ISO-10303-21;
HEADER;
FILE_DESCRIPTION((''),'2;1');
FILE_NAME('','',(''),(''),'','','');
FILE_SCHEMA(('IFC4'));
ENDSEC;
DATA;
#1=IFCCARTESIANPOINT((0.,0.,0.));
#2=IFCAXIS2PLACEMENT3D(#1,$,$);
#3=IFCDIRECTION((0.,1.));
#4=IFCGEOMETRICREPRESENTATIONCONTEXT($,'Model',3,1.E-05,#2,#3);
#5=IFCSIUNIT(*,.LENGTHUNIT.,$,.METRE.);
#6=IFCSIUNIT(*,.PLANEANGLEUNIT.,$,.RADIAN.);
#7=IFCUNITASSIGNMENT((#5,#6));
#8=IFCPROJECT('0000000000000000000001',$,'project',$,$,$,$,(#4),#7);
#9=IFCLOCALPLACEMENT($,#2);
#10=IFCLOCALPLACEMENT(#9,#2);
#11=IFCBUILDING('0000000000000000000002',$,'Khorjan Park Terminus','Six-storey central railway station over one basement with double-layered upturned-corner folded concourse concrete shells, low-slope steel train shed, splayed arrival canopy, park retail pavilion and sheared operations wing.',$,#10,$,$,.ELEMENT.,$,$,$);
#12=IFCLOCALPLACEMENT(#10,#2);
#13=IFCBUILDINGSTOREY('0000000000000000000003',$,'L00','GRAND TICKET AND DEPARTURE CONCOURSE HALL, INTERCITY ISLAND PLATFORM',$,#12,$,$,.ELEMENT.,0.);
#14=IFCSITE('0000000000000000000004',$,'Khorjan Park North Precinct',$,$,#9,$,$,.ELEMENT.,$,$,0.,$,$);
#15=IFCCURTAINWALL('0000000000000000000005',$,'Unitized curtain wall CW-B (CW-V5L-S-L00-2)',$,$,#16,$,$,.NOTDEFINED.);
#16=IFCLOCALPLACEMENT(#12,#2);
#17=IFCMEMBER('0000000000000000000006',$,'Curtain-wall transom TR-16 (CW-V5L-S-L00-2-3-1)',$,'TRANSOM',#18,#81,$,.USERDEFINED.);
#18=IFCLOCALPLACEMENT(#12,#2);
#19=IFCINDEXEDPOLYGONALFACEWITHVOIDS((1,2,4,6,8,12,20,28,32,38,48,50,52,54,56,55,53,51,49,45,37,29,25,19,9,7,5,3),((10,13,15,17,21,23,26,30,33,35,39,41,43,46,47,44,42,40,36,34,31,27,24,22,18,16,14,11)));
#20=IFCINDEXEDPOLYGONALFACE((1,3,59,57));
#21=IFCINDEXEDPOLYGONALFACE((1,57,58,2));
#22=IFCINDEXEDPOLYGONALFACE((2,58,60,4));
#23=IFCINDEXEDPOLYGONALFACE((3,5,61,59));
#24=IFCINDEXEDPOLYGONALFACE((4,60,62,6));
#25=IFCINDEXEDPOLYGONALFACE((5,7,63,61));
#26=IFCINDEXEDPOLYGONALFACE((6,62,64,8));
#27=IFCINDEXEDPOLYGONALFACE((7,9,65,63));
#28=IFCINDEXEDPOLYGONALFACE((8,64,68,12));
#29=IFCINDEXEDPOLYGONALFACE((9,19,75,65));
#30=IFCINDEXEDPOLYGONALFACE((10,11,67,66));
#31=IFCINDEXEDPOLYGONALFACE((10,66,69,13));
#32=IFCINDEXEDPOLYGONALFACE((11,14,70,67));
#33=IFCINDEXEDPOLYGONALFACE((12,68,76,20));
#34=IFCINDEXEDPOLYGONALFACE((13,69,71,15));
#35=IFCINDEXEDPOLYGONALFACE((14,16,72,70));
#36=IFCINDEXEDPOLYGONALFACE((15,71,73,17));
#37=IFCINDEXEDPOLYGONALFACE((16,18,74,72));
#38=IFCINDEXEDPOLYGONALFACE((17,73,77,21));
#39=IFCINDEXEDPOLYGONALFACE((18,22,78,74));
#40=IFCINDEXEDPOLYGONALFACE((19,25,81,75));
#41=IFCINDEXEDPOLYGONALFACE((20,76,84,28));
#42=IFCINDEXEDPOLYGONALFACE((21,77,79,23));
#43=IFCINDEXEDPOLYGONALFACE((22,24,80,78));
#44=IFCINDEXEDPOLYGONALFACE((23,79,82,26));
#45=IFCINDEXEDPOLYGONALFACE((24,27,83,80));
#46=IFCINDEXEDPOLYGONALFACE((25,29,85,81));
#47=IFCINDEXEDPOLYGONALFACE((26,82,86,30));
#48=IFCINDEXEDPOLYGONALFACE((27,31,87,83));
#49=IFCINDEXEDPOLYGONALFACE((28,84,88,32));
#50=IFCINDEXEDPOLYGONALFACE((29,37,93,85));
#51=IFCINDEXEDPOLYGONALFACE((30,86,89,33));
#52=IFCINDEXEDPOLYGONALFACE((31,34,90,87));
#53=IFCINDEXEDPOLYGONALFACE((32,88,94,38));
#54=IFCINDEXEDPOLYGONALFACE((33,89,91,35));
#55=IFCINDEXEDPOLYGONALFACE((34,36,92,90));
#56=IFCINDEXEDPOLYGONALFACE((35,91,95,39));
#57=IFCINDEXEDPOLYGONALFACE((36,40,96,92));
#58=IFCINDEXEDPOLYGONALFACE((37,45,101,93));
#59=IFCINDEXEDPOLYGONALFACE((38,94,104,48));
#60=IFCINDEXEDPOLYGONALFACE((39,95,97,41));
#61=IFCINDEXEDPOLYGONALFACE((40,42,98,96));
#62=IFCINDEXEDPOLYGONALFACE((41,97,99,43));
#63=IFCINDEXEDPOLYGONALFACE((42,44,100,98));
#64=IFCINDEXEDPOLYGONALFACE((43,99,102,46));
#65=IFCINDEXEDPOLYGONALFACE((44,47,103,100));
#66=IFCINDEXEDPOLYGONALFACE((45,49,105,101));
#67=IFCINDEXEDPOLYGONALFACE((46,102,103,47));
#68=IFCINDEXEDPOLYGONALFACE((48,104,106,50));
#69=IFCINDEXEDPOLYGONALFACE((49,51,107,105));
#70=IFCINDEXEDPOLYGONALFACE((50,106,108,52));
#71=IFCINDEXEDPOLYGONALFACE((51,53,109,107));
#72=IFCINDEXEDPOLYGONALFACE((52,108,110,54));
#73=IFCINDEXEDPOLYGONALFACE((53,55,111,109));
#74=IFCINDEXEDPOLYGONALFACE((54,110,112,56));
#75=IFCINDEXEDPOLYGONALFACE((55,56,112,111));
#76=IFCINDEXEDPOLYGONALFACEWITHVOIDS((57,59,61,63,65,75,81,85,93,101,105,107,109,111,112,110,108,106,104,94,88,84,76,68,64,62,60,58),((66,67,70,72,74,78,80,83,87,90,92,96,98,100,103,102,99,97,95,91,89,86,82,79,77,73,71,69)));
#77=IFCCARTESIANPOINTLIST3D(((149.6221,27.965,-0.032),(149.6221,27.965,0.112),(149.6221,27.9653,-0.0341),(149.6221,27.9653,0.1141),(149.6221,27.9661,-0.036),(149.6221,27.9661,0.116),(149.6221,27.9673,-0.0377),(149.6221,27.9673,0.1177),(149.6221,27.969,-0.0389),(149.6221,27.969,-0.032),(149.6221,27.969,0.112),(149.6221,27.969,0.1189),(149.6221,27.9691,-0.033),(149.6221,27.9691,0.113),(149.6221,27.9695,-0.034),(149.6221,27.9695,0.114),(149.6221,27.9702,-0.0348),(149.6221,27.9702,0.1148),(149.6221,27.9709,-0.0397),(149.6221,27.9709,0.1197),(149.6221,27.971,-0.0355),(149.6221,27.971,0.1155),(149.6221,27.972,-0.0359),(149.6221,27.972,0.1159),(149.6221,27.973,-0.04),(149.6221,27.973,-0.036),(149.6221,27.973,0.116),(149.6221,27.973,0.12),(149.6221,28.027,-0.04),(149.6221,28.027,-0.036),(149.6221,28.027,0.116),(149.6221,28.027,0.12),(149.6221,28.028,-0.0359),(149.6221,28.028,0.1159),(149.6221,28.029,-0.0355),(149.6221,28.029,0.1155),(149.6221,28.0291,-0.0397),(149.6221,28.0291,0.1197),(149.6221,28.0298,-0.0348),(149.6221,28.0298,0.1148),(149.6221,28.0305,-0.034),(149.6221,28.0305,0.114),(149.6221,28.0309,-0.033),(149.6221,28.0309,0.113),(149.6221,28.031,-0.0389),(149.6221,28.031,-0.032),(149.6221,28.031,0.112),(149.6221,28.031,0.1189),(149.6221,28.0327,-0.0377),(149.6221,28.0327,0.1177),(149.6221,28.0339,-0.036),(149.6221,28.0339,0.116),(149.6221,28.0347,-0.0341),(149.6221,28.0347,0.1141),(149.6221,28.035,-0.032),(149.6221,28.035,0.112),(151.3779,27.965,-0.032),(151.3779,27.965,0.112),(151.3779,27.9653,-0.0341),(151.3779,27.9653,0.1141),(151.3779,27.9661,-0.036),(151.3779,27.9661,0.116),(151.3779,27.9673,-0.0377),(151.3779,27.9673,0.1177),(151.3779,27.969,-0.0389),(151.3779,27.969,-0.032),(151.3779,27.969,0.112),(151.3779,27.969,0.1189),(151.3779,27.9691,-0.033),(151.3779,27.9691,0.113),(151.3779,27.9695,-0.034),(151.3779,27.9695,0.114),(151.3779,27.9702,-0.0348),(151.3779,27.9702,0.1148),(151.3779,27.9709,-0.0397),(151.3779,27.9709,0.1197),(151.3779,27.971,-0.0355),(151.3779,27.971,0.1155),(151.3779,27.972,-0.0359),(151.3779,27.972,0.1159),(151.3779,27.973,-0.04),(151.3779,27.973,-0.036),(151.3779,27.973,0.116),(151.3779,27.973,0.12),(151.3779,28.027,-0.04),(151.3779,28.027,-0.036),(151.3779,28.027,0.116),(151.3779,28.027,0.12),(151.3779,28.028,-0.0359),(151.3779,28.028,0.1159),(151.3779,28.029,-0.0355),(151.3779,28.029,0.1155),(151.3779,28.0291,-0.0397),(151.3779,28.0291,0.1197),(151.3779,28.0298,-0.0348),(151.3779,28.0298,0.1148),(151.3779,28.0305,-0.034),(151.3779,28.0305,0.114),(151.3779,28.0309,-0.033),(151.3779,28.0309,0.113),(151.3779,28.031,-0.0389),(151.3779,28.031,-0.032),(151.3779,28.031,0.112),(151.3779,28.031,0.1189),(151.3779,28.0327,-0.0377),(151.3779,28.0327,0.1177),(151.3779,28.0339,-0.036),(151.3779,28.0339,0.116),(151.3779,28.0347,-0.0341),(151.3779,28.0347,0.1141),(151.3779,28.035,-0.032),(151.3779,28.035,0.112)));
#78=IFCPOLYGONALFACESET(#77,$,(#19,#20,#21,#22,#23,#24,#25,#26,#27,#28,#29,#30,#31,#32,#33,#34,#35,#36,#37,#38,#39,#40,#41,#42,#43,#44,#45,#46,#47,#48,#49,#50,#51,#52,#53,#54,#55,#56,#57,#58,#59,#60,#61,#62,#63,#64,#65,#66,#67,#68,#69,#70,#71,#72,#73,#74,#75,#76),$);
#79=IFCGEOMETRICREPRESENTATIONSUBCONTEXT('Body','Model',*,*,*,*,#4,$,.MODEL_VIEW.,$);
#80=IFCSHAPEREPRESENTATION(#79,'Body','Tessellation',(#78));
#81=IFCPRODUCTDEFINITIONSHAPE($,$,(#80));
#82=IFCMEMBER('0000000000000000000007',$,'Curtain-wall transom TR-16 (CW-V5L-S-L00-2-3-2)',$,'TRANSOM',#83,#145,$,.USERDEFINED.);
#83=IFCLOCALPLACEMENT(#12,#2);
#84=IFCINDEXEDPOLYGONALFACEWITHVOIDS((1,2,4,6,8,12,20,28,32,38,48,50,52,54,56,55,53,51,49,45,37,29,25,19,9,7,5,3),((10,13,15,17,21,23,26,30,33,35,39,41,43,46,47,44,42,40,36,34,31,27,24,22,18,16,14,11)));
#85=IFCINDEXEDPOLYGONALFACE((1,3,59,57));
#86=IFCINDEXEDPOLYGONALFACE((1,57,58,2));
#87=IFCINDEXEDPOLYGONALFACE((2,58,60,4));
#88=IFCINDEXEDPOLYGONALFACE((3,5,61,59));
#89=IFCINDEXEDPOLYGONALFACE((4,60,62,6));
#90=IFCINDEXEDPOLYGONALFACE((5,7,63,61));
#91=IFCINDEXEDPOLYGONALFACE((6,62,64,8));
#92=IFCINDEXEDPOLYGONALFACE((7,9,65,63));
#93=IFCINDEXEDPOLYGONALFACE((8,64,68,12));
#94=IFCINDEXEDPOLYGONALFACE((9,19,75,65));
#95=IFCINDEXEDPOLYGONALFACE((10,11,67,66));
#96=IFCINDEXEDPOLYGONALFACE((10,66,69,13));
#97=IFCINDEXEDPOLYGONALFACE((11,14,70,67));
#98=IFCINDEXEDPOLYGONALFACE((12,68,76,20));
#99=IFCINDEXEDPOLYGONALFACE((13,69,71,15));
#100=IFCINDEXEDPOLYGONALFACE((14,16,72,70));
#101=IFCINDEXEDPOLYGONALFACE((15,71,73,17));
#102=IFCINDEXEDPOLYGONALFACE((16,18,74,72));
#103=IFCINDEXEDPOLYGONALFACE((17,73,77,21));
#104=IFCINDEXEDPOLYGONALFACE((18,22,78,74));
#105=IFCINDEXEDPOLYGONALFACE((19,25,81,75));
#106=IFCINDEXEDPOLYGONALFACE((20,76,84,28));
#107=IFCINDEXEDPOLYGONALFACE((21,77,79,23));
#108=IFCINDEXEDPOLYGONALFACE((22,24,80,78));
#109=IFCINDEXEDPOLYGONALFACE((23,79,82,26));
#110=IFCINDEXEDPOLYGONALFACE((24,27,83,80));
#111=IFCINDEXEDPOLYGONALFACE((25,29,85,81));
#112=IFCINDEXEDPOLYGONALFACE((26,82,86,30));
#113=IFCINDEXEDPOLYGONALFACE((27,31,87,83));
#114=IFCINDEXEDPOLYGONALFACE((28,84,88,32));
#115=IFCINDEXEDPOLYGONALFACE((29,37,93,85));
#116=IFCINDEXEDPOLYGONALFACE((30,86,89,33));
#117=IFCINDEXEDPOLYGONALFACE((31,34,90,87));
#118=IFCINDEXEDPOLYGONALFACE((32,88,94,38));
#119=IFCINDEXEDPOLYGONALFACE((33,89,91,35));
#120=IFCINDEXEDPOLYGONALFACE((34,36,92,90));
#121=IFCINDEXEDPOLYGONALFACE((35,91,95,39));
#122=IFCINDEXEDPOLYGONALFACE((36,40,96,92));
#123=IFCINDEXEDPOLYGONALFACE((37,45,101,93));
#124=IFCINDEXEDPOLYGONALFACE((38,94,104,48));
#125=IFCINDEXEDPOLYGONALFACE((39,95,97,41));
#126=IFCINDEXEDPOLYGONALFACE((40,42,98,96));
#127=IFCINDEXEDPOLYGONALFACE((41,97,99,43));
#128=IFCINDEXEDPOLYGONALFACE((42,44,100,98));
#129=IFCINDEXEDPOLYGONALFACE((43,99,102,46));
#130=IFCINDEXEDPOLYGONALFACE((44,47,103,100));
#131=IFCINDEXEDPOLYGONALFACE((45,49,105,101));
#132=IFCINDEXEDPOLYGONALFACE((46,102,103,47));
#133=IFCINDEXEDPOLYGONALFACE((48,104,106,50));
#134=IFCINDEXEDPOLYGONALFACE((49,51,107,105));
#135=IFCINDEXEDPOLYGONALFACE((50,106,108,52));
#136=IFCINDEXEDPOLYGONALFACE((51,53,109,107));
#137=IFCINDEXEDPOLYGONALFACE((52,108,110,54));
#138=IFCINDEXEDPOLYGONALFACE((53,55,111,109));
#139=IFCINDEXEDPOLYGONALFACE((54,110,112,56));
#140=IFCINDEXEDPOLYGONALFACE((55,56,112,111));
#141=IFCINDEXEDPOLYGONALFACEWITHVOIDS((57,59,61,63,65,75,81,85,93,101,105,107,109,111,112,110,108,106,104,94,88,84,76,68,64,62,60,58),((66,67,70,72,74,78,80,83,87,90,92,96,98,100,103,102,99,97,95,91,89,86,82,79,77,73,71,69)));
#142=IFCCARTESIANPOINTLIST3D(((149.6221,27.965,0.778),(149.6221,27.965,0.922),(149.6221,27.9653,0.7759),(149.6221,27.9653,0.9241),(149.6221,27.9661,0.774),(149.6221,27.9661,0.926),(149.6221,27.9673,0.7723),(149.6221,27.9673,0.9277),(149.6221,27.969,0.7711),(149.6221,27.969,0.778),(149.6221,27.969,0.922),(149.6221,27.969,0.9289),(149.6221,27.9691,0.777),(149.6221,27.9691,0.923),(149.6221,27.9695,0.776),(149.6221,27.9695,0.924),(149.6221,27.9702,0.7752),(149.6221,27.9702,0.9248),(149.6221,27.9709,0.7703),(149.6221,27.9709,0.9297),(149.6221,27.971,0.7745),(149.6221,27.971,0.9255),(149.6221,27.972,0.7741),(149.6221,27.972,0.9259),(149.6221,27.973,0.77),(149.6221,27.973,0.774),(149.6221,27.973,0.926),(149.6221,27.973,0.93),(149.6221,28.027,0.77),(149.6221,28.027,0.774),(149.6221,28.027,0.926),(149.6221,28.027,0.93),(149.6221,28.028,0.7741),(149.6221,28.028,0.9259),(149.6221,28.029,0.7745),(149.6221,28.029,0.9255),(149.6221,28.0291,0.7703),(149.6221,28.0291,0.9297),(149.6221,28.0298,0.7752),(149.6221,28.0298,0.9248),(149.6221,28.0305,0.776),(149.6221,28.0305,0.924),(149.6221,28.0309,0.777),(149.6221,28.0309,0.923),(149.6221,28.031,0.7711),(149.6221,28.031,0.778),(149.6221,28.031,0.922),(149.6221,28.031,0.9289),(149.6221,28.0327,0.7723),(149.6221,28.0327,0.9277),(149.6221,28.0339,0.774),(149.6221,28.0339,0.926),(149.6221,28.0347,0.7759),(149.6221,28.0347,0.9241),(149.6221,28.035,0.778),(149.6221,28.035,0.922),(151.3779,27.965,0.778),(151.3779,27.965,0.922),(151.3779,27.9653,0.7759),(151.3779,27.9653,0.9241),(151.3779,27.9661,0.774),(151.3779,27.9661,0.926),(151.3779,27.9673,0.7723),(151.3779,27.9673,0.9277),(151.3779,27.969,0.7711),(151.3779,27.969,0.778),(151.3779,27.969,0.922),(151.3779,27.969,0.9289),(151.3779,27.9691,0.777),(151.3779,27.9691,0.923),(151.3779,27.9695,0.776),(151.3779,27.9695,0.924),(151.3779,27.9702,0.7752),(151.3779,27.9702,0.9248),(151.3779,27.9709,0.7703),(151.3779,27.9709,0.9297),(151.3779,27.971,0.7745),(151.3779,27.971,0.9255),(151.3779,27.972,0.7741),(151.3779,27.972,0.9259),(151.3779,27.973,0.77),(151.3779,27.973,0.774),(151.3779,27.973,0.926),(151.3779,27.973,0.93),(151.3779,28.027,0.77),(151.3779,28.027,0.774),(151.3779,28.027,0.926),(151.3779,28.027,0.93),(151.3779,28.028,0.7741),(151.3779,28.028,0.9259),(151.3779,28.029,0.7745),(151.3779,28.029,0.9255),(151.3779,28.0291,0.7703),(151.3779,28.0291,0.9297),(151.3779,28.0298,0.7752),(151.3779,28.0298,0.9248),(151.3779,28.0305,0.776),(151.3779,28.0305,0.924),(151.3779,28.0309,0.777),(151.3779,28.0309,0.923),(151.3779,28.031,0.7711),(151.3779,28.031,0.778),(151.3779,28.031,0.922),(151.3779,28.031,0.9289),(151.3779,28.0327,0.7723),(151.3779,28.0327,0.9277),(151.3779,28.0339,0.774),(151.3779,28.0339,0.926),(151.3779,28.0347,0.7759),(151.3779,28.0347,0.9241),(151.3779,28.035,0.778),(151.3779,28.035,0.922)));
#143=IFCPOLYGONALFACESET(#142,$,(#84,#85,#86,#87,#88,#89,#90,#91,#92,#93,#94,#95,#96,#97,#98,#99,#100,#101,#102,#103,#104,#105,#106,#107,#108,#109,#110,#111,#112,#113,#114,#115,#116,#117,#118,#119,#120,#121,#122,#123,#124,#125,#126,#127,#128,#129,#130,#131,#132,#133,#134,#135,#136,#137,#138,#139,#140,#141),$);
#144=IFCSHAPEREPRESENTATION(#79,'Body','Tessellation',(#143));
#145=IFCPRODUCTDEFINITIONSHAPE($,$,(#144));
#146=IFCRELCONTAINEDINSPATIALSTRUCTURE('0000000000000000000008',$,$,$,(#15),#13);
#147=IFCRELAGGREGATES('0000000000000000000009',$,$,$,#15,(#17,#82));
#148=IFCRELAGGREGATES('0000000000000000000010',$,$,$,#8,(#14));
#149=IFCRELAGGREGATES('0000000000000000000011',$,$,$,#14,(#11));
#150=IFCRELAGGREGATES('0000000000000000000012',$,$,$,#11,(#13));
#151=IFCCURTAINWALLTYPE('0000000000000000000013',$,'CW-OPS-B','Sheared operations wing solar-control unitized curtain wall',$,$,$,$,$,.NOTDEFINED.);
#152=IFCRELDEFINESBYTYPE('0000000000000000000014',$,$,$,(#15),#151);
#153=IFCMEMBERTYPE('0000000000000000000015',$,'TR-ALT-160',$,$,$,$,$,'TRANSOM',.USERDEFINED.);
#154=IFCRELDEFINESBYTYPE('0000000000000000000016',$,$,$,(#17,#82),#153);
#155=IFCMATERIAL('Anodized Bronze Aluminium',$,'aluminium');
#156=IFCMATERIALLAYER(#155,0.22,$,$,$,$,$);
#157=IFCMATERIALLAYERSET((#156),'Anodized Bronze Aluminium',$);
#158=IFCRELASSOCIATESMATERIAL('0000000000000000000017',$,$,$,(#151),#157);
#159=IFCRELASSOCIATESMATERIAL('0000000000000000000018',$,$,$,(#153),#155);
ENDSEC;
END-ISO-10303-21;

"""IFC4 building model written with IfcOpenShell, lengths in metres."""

from ifc_helpers import new_model, si_unit, direction, frame, origin, origin_2d, place, context, subcontext, project, spatial, hollow_rectangle, extrude, material, layer, layer_set, material_profile, profile_set, type_object, element, aggregate, save


model = new_model("IFC4")

# Units and contexts
model_context = context("Model", 3, precision=1e-05, world=origin(), true_north=direction((0.0, 1.0)))
body_context = subcontext(model_context, "Body", "Model", "MODEL_VIEW")
ifc_project = project(units=[si_unit("LENGTHUNIT", "METRE"), si_unit("PLANEANGLEUNIT", "RADIAN")], contexts=[model_context])

# Site, building, storey
site_placement = place(None, origin())
site = spatial("IfcSite", under=ifc_project, at=site_placement, Name="Khorjan Park North Precinct", CompositionType="ELEMENT", RefElevation=0.0)
building_placement = place(site_placement, origin())
building = spatial("IfcBuilding", under=site, at=building_placement, Name="Khorjan Park Terminus", Description="Six-storey central railway station over one basement with double-layered upturned-corner folded concourse concrete shells, low-slope steel train shed, splayed arrival canopy, park retail pavilion and sheared operations wing.", CompositionType="ELEMENT")
storey_placement = place(building_placement, origin())
storey = spatial("IfcBuildingStorey", under=building, at=storey_placement, Name="L00", Description="GRAND TICKET AND DEPARTURE CONCOURSE HALL, INTERCITY ISLAND PLATFORM", CompositionType="ELEMENT", Elevation=0.0)

# Curtain wall, members
ifc_material_1 = material(Name="Anodized Bronze Aluminium", Category="aluminium")
ifc_layer_1 = layer(ifc_material_1, 0.22)
ifc_layer_set_1 = layer_set([ifc_layer_1], Name="Anodized Bronze Aluminium")
curtain_wall_type = type_object("IfcCurtainWallType", Name="CW-OPS-B", Description="Sheared operations wing solar-control unitized curtain wall", PredefinedType="NOTDEFINED", material=ifc_layer_set_1)
curtain_wall_placement = place(storey_placement, origin())
curtain_wall = element("IfcCurtainWall", 1, at=curtain_wall_placement, inside=storey, type_object=curtain_wall_type, Name="Unitized curtain wall CW-B (CW-V5L-S-L00-2)", PredefinedType="NOTDEFINED")
ifc_material_profile_1 = material_profile(ifc_material_1, hollow_rectangle(XDim=0.07, YDim=0.16, WallThickness=0.004, InnerFilletRadius=0.004, OuterFilletRadius=0.008, at=origin_2d()), Name="ALT 70x160x4")
ifc_profile_set_1 = profile_set([ifc_material_profile_1], Name="Anodized Bronze Aluminium")
member_type_1 = type_object("IfcMemberType", Name="TR-ALT-160", ElementType="TRANSOM", PredefinedType="USERDEFINED", material=ifc_profile_set_1)
member_1_placement = place(storey_placement, frame((149.6221, 28.0, 0.04), z_axis=(1.0, 0.0, 0.0), x_axis=(0.0, 1.0, 0.0)))
member_1 = element("IfcMember", 2, at=member_1_placement, type_object=member_type_1, Name="Curtain-wall transom TR-16 (CW-V5L-S-L00-2-3-1)", ObjectType="TRANSOM", PredefinedType="USERDEFINED", context=body_context, shape_type="SweptSolid", body=[
    extrude(hollow_rectangle(XDim=0.07, YDim=0.16, WallThickness=0.004, InnerFilletRadius=0.004, OuterFilletRadius=0.008, at=origin_2d()), origin(), (0.0, 0.0, 1.0), 1.7558),
])
member_2_placement = place(storey_placement, frame((149.6221, 28.0, 0.85), z_axis=(1.0, 0.0, 0.0), x_axis=(0.0, 1.0, 0.0)))
member_2 = element("IfcMember", 3, at=member_2_placement, type_object=member_type_1, Name="Curtain-wall transom TR-16 (CW-V5L-S-L00-2-3-2)", ObjectType="TRANSOM", PredefinedType="USERDEFINED", context=body_context, shape_type="SweptSolid", body=[
    extrude(hollow_rectangle(XDim=0.07, YDim=0.16, WallThickness=0.004, InnerFilletRadius=0.004, OuterFilletRadius=0.008, at=origin_2d()), origin(), (0.0, 0.0, 1.0), 1.7558),
])
aggregate(curtain_wall, [member_1, member_2])

save(model, "model.ifc")
